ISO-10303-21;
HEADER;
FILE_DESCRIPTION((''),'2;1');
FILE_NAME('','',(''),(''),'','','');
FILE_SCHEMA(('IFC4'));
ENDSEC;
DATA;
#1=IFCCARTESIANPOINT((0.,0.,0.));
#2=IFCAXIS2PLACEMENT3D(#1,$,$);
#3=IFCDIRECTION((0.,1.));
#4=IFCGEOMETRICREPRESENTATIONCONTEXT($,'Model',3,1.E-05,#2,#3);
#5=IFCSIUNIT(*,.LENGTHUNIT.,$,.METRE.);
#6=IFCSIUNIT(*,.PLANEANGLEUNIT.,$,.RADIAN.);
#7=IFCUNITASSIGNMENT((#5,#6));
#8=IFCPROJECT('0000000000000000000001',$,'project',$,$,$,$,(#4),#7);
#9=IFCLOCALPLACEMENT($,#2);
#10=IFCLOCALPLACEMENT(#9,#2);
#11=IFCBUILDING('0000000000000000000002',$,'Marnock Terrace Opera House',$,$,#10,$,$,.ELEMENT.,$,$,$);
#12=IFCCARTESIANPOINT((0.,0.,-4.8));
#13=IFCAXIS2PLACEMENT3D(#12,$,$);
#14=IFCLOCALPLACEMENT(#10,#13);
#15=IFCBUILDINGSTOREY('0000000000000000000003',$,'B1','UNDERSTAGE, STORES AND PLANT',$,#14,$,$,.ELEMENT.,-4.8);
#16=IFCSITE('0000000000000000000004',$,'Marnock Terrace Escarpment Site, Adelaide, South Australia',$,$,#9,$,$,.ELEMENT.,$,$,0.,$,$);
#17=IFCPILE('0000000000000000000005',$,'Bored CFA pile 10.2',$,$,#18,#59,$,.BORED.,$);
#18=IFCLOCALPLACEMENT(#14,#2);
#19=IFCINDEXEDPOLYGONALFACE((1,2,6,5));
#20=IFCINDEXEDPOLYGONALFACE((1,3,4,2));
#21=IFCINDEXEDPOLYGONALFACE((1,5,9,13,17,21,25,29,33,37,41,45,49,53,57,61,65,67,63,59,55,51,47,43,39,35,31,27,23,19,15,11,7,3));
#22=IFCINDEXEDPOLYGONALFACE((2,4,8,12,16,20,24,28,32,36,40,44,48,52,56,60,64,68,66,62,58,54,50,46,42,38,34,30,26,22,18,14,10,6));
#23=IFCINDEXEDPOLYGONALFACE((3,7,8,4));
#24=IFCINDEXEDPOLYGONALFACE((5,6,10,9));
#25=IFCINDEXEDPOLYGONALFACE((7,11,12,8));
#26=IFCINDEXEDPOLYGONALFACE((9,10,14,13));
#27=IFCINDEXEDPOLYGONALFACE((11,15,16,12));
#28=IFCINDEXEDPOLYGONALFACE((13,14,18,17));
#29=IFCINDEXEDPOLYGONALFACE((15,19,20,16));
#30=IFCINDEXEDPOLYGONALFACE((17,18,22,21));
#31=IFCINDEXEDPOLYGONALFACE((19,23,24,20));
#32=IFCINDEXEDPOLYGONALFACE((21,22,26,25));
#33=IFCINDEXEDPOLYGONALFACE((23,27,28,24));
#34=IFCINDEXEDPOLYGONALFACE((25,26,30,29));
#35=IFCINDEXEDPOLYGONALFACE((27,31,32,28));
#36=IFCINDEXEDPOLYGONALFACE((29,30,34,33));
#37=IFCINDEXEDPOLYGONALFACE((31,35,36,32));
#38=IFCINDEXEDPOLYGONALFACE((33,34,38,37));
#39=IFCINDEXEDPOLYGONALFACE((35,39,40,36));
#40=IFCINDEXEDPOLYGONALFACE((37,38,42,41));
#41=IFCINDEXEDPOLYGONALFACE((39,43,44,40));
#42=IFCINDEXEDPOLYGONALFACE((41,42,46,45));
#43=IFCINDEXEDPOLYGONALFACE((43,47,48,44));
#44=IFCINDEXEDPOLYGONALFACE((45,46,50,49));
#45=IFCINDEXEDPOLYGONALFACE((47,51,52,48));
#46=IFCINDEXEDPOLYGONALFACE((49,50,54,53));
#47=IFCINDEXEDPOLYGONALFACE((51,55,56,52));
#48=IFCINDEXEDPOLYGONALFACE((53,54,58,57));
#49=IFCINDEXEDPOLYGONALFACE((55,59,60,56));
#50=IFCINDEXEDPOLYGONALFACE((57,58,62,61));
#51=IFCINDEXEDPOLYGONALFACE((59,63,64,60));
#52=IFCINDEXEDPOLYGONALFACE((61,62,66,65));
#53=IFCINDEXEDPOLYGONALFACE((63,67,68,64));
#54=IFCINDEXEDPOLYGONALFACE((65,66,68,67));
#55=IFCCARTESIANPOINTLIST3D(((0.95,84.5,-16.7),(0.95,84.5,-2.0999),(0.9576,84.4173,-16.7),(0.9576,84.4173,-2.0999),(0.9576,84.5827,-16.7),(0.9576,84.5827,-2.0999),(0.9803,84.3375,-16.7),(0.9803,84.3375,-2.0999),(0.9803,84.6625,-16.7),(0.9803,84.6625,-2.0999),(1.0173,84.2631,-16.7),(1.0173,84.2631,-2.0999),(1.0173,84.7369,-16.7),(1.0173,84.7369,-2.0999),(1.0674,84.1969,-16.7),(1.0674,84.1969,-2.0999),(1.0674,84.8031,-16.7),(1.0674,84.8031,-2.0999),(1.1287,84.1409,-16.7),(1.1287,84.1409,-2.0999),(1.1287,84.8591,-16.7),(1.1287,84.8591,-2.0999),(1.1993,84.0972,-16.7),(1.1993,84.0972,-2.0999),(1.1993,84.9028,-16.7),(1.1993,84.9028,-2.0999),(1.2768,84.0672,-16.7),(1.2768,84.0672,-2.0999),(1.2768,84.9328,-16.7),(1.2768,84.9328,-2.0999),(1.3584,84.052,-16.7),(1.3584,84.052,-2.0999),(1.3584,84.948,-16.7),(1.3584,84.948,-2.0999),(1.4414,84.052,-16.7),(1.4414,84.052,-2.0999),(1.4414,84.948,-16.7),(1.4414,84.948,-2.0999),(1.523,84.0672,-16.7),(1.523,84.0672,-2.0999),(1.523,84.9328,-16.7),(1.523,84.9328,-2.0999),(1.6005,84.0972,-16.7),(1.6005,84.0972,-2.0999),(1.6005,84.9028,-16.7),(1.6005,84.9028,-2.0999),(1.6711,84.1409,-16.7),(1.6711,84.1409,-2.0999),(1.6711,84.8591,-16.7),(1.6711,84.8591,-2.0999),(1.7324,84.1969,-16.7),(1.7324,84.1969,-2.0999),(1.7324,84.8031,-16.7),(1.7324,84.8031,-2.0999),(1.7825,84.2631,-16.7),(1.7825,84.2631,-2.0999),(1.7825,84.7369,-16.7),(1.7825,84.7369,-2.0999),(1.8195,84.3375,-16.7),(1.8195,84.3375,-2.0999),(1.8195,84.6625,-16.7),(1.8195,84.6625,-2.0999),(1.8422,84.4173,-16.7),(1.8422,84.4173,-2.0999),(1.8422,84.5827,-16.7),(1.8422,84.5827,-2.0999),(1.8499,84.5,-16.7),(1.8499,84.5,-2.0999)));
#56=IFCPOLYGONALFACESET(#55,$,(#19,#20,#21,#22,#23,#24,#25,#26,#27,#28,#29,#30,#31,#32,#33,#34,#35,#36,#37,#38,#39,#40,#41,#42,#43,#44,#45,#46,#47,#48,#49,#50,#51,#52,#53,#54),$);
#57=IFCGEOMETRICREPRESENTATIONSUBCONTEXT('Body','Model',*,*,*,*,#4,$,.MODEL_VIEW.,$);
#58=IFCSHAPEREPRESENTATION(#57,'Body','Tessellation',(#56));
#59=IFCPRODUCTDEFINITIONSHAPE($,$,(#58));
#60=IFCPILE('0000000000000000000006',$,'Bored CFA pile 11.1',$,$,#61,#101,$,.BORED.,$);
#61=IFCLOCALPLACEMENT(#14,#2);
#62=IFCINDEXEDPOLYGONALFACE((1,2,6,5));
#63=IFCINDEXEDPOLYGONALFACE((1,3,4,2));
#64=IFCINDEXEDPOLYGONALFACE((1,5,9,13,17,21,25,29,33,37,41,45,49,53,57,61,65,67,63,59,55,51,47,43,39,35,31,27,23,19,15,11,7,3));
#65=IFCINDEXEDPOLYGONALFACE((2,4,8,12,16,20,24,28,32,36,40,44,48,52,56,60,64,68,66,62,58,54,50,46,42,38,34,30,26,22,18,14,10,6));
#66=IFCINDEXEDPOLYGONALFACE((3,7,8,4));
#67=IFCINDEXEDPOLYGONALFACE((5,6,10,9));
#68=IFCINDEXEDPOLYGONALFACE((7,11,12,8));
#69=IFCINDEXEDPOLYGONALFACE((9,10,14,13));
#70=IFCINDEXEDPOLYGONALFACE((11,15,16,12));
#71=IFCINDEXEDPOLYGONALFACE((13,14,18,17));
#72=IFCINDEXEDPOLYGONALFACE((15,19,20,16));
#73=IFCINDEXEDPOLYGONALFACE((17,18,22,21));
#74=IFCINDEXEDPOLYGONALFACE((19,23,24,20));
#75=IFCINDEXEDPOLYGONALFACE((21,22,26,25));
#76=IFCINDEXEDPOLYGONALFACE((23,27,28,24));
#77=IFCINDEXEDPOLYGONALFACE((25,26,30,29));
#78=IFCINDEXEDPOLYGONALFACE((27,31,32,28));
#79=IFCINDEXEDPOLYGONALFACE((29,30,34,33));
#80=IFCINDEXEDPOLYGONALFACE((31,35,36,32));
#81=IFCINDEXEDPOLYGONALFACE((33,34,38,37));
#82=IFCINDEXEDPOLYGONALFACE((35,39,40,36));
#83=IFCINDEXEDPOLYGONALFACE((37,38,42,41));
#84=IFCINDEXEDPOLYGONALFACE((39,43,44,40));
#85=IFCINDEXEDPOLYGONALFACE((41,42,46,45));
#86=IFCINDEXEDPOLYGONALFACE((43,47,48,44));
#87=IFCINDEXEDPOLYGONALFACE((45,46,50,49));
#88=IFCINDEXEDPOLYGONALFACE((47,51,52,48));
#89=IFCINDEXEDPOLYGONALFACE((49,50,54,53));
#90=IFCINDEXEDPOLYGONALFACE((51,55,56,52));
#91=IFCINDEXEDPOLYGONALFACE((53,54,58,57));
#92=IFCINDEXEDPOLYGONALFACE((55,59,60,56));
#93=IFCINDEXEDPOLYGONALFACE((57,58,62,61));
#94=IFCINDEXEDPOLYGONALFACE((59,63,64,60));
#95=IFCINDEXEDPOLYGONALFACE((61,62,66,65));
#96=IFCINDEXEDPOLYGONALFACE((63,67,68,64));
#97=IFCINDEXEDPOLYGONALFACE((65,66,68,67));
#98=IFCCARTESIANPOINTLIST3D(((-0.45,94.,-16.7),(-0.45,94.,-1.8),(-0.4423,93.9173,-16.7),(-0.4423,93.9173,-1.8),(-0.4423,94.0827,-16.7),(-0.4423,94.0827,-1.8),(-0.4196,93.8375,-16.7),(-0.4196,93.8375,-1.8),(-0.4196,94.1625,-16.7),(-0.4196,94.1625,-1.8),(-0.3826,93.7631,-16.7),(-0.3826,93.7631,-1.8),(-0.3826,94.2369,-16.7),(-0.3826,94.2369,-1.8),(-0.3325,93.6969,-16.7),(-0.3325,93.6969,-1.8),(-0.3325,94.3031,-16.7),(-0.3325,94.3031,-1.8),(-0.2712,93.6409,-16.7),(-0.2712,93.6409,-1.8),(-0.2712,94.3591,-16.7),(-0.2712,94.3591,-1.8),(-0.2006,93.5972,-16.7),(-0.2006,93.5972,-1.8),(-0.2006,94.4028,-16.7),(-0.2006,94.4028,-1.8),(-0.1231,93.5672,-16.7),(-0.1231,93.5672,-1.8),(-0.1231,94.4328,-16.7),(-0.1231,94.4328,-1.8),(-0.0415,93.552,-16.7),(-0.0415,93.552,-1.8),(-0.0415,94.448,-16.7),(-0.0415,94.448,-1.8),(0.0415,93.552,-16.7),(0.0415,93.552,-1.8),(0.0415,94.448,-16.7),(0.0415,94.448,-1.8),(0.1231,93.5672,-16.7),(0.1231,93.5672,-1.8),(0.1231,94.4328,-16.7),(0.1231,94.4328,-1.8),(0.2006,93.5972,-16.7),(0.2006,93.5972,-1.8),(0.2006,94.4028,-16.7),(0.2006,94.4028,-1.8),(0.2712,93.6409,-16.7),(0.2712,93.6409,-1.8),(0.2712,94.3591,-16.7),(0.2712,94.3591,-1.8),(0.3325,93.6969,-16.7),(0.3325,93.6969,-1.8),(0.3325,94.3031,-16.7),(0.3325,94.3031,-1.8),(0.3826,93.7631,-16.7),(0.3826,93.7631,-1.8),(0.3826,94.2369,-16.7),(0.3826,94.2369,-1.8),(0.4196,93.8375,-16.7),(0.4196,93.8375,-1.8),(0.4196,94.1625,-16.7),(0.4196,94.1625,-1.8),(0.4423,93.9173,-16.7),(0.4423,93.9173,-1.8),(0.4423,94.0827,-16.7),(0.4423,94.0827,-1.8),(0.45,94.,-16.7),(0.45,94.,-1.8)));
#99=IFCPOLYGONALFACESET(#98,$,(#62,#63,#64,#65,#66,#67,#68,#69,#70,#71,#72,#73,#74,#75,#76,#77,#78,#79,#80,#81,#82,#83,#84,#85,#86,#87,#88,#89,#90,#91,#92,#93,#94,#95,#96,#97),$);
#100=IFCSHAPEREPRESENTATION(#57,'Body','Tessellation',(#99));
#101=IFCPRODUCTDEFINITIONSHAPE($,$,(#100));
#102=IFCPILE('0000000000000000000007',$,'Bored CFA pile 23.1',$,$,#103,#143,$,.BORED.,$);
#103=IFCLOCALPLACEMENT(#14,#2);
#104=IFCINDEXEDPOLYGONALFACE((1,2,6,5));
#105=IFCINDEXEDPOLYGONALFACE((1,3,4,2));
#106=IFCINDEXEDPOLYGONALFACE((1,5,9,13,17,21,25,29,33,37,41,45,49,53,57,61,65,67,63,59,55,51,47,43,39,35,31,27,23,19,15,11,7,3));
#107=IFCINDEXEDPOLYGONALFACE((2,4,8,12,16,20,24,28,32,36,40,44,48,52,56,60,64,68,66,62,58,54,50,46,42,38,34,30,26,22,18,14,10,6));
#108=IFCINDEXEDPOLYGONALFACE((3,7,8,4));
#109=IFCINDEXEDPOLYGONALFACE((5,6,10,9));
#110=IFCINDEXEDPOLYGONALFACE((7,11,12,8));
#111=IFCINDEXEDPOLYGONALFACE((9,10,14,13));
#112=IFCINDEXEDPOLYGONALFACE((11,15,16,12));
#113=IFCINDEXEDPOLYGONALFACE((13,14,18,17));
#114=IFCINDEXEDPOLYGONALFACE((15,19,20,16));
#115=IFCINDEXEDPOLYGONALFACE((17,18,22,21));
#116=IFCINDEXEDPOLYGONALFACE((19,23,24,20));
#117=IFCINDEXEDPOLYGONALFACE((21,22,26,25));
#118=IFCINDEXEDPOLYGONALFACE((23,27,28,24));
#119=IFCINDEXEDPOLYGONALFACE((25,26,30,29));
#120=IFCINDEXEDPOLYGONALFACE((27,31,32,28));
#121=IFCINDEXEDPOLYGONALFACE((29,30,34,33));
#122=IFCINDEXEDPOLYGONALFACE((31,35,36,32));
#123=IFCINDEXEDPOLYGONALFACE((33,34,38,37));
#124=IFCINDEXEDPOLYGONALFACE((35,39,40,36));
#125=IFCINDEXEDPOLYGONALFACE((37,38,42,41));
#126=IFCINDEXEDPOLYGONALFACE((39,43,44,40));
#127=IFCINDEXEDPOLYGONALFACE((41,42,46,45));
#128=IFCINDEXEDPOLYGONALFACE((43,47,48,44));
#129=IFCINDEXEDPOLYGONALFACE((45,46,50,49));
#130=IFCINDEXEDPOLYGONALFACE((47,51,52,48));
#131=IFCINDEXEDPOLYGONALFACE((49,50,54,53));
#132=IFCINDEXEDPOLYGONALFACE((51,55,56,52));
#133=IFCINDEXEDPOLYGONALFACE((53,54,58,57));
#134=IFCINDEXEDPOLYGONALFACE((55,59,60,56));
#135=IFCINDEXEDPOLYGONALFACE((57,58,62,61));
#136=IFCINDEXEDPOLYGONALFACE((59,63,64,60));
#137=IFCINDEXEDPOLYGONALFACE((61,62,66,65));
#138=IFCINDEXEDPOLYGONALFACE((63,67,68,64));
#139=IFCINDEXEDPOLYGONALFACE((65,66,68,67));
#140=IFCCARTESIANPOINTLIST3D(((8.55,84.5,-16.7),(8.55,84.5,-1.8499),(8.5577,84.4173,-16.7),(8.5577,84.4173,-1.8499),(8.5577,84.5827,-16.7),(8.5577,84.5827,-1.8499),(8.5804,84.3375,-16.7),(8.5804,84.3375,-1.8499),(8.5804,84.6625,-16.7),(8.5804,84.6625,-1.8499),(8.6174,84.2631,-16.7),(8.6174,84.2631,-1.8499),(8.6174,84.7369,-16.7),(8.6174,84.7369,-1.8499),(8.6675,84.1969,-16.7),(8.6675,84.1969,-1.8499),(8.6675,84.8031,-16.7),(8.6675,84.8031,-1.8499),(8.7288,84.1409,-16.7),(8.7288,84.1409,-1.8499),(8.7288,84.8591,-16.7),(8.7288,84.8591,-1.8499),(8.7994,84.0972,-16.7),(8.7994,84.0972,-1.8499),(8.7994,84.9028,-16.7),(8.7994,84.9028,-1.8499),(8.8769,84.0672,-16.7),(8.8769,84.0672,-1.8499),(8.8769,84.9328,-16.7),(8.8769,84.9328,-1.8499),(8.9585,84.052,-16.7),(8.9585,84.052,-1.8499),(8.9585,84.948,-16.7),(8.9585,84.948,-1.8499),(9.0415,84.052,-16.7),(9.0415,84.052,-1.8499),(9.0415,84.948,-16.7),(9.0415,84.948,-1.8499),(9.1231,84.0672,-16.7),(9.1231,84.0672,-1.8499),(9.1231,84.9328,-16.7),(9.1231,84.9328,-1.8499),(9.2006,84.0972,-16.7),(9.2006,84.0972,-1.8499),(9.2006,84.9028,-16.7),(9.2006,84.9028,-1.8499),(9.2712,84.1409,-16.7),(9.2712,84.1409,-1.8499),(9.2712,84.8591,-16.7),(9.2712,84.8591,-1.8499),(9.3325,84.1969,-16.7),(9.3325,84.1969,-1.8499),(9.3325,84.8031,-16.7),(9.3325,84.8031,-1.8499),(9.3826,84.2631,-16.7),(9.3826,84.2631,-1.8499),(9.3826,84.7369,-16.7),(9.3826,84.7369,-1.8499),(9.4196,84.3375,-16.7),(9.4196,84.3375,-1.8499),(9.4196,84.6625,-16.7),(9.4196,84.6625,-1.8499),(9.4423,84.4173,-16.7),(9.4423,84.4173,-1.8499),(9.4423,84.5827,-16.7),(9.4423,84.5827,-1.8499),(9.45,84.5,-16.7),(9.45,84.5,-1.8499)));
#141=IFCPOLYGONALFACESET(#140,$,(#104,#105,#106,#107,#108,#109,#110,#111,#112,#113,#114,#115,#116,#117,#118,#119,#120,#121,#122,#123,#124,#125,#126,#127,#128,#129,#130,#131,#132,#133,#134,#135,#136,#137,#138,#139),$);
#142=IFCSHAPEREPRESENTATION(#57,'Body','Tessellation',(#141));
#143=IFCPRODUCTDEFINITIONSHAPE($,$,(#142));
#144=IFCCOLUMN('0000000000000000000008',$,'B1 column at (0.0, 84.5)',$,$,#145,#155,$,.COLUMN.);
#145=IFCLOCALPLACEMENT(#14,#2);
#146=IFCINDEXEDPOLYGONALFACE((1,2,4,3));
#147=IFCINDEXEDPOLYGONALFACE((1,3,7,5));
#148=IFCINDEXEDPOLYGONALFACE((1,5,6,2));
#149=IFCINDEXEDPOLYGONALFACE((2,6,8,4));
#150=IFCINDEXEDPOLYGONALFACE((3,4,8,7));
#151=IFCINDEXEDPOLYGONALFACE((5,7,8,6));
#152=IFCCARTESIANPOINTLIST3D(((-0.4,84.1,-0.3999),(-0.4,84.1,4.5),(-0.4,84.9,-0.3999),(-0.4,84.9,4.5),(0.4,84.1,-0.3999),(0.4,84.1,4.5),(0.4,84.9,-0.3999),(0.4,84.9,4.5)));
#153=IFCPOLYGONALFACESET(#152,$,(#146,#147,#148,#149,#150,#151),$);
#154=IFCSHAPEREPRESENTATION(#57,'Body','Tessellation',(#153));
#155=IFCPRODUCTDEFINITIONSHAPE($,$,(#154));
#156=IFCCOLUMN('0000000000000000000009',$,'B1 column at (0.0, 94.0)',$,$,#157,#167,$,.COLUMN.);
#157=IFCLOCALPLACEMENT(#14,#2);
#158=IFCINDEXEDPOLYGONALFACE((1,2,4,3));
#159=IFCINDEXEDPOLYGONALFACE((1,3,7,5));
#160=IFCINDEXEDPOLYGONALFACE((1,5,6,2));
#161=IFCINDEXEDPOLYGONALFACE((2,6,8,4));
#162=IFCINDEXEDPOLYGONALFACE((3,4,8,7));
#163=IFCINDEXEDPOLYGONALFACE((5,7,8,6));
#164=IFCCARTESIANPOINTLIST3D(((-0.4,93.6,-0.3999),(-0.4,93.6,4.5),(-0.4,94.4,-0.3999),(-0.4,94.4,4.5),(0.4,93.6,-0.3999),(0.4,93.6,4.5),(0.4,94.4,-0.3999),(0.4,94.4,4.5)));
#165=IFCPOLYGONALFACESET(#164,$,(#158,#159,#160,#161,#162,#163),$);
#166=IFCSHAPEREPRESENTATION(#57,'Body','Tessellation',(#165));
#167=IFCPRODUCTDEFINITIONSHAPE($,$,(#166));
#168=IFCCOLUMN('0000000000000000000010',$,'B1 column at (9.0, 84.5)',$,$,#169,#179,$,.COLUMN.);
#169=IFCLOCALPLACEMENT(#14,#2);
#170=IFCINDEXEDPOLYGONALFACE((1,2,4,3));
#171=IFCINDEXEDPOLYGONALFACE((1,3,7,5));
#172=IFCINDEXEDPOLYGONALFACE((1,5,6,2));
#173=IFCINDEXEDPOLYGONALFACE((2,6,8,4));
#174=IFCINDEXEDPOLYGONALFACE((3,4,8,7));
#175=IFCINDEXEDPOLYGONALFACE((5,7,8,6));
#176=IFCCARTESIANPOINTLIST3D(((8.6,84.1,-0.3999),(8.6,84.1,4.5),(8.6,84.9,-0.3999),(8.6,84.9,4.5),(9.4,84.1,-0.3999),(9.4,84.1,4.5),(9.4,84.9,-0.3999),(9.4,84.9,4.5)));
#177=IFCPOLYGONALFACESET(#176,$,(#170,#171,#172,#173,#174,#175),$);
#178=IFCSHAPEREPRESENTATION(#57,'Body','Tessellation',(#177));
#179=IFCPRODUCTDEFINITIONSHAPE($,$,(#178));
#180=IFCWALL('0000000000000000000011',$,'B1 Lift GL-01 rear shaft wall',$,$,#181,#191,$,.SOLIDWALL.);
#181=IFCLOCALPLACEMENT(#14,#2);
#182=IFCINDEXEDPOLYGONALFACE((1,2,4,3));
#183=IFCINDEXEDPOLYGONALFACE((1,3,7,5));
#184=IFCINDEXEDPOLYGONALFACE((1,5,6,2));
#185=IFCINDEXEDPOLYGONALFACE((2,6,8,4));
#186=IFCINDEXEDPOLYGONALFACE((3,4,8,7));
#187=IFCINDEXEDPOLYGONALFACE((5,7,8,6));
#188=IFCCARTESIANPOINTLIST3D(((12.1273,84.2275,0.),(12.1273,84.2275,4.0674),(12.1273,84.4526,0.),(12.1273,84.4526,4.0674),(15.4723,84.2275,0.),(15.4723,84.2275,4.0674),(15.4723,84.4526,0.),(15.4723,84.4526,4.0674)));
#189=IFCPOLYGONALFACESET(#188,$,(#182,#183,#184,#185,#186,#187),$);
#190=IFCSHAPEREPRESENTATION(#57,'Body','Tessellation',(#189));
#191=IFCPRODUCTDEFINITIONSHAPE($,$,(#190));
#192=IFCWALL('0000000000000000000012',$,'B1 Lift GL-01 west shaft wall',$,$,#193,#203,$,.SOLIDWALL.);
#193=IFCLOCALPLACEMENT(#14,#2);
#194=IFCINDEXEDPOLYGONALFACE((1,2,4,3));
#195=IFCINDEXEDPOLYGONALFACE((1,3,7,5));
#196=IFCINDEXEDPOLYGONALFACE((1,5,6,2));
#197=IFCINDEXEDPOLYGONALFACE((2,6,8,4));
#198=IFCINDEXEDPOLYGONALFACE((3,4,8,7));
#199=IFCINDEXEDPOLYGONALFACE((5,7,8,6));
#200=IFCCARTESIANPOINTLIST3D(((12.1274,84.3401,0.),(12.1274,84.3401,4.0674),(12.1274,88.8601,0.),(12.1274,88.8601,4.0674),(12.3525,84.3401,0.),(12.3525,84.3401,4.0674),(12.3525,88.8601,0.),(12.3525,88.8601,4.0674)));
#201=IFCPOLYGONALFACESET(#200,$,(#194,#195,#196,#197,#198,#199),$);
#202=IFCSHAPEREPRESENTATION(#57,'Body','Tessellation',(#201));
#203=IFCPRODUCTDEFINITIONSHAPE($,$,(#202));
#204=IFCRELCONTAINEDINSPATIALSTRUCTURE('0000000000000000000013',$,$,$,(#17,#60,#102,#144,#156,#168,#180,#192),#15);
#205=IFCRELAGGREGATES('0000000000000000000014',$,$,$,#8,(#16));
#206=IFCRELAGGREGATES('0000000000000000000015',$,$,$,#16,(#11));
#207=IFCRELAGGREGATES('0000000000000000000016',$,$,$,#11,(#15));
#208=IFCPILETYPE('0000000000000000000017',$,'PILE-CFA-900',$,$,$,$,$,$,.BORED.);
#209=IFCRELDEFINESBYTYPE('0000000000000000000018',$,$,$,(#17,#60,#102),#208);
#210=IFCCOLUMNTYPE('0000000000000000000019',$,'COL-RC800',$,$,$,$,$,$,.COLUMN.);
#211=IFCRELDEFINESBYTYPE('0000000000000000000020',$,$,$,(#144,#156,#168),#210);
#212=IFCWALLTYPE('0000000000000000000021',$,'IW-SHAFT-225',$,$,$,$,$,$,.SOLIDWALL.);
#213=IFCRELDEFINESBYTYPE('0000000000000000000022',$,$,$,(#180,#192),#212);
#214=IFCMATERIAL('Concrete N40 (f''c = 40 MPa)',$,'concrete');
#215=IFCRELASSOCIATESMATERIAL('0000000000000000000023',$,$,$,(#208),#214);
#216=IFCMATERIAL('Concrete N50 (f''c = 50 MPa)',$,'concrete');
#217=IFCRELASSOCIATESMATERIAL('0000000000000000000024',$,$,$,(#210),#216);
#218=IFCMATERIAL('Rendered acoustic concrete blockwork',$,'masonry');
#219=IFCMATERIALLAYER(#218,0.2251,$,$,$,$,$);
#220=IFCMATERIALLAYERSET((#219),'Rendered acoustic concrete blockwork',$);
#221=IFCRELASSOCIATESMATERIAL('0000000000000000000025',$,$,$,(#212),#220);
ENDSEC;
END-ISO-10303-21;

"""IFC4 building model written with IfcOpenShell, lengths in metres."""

from ifc_helpers import new_model, si_unit, direction, frame, frame_2d, origin, origin_2d, place, context, subcontext, project, spatial, rectangle, circle, extrude, material, layer, layer_set, material_profile, profile_set, type_object, element, save


model = new_model("IFC4")

# Units and contexts
model_context = context("Model", 3, precision=1e-05, world=origin(), true_north=direction((0.0, 1.0)))
body_context = subcontext(model_context, "Body", "Model", "MODEL_VIEW")
ifc_project = project(units=[si_unit("LENGTHUNIT", "METRE"), si_unit("PLANEANGLEUNIT", "RADIAN")], contexts=[model_context])

# Site, building, storey
site_placement = place(None, origin())
site = spatial("IfcSite", under=ifc_project, at=site_placement, Name="Marnock Terrace Escarpment Site, Adelaide, South Australia", CompositionType="ELEMENT", RefElevation=0.0)
building_placement = place(site_placement, origin())
building = spatial("IfcBuilding", under=site, at=building_placement, Name="Marnock Terrace Opera House", CompositionType="ELEMENT")
storey_placement = place(building_placement, frame((0.0, 0.0, -4.8)))
storey = spatial("IfcBuildingStorey", under=building, at=storey_placement, Name="B1", Description="UNDERSTAGE, STORES AND PLANT", CompositionType="ELEMENT", Elevation=-4.8)

# Shared definitions
ifc_material_1 = material(Name="Concrete N40 (f'c = 40 MPa)", Category="concrete")

# Piles
ifc_material_profile_1 = material_profile(ifc_material_1, circle(Radius=0.45, at=origin_2d()))
ifc_profile_set_1 = profile_set([ifc_material_profile_1], Name="Concrete N40 (f'c = 40 MPa)")
pile_type = type_object("IfcPileType", Name="PILE-CFA-900", PredefinedType="BORED", material=ifc_profile_set_1)
for number, where, z_axis, x_axis, name in (
    (1, (1.3999, 84.5, -2.0999), (0.0, 0.0, -1.0), (1.0, 0.0, 0.0), "Bored CFA pile 10.2"),
):
    element("IfcPile", number, at=place(storey_placement, frame(where, z_axis=z_axis, x_axis=x_axis)), inside=storey, type_object=pile_type, Name=name, PredefinedType="BORED", context=body_context, shape_type="SweptSolid", body=[
        extrude(circle(Radius=0.45, at=origin_2d()), origin(), (0.0, 0.0, 1.0), 14.6001),
    ])
pile_1_placement = place(storey_placement, frame((0.0, 94.0, -1.8), z_axis=(0.0, 0.0, -1.0), x_axis=(1.0, 0.0, 0.0)))
element("IfcPile", 2, at=pile_1_placement, inside=storey, type_object=pile_type, Name="Bored CFA pile 11.1", PredefinedType="BORED", context=body_context, shape_type="SweptSolid", body=[
    extrude(circle(Radius=0.45, at=origin_2d()), origin(), (0.0, 0.0, 1.0), 14.8999),
])
pile_2_placement = place(storey_placement, frame((9.0, 84.5, -1.8499), z_axis=(0.0, 0.0, -1.0), x_axis=(1.0, 0.0, 0.0)))
element("IfcPile", 3, at=pile_2_placement, inside=storey, type_object=pile_type, Name="Bored CFA pile 23.1", PredefinedType="BORED", context=body_context, shape_type="SweptSolid", body=[
    extrude(circle(Radius=0.45, at=origin_2d()), origin(), (0.0, 0.0, 1.0), 14.8501),
])

# Columns
ifc_material_2 = material(Name="Concrete N50 (f'c = 50 MPa)", Category="concrete")
ifc_material_profile_2 = material_profile(ifc_material_2, rectangle(XDim=0.8, YDim=0.8, at=origin_2d()))
ifc_profile_set_2 = profile_set([ifc_material_profile_2], Name="Concrete N50 (f'c = 50 MPa)")
column_type = type_object("IfcColumnType", Name="COL-RC800", PredefinedType="COLUMN", material=ifc_profile_set_2)
for number, where, z_axis, x_axis, name in (
    (4, (0.0, 84.5, -0.3999), (0.0, 0.0, 1.0), (1.0, 0.0, 0.0), "B1 column at (0.0, 84.5)"),
    (5, (0.0, 94.0, -0.3999), (0.0, 0.0, 1.0), (1.0, 0.0, 0.0), "B1 column at (0.0, 94.0)"),
    (6, (9.0, 84.5, -0.3999), (0.0, 0.0, 1.0), (1.0, 0.0, 0.0), "B1 column at (9.0, 84.5)"),
):
    element("IfcColumn", number, at=place(storey_placement, frame(where, z_axis=z_axis, x_axis=x_axis)), inside=storey, type_object=column_type, Name=name, PredefinedType="COLUMN", context=body_context, shape_type="SweptSolid", body=[
        extrude(rectangle(XDim=0.8, YDim=0.8, at=origin_2d()), origin(), (0.0, 0.0, 1.0), 4.8999),
    ])

# Shared definitions
ifc_material_3 = material(Name="Rendered acoustic concrete blockwork", Category="masonry")
ifc_layer_1 = layer(ifc_material_3, 0.2251)
ifc_layer_set_1 = layer_set([ifc_layer_1], Name="Rendered acoustic concrete blockwork")
wall_type_1 = type_object("IfcWallType", Name="IW-SHAFT-225", PredefinedType="SOLIDWALL", material=ifc_layer_set_1)

# Walls
wall_1_placement = place(storey_placement, frame((12.1274, 84.3401, 0.0), z_axis=(0.0, 0.0, 1.0), x_axis=(1.0, 0.0, 0.0)))
element("IfcWall", 7, at=wall_1_placement, inside=storey, type_object=wall_type_1, Name="B1 Lift GL-01 rear shaft wall", PredefinedType="SOLIDWALL", context=body_context, shape_type="SweptSolid", body=[
    extrude(rectangle(XDim=3.345, YDim=0.2251, at=frame_2d((1.6724, 0.0))), origin(), (0.0, 0.0, 1.0), 4.0674),
])
wall_2_placement = place(storey_placement, frame((12.24, 84.3401, 0.0), z_axis=(0.0, 0.0, 1.0), x_axis=(0.0, 1.0, 0.0)))
element("IfcWall", 8, at=wall_2_placement, inside=storey, type_object=wall_type_1, Name="B1 Lift GL-01 west shaft wall", PredefinedType="SOLIDWALL", context=body_context, shape_type="SweptSolid", body=[
    extrude(rectangle(XDim=4.52, YDim=0.2251, at=frame_2d((2.26, 0.0))), origin(), (0.0, 0.0, 1.0), 4.0674),
])

save(model, "model.ifc")
